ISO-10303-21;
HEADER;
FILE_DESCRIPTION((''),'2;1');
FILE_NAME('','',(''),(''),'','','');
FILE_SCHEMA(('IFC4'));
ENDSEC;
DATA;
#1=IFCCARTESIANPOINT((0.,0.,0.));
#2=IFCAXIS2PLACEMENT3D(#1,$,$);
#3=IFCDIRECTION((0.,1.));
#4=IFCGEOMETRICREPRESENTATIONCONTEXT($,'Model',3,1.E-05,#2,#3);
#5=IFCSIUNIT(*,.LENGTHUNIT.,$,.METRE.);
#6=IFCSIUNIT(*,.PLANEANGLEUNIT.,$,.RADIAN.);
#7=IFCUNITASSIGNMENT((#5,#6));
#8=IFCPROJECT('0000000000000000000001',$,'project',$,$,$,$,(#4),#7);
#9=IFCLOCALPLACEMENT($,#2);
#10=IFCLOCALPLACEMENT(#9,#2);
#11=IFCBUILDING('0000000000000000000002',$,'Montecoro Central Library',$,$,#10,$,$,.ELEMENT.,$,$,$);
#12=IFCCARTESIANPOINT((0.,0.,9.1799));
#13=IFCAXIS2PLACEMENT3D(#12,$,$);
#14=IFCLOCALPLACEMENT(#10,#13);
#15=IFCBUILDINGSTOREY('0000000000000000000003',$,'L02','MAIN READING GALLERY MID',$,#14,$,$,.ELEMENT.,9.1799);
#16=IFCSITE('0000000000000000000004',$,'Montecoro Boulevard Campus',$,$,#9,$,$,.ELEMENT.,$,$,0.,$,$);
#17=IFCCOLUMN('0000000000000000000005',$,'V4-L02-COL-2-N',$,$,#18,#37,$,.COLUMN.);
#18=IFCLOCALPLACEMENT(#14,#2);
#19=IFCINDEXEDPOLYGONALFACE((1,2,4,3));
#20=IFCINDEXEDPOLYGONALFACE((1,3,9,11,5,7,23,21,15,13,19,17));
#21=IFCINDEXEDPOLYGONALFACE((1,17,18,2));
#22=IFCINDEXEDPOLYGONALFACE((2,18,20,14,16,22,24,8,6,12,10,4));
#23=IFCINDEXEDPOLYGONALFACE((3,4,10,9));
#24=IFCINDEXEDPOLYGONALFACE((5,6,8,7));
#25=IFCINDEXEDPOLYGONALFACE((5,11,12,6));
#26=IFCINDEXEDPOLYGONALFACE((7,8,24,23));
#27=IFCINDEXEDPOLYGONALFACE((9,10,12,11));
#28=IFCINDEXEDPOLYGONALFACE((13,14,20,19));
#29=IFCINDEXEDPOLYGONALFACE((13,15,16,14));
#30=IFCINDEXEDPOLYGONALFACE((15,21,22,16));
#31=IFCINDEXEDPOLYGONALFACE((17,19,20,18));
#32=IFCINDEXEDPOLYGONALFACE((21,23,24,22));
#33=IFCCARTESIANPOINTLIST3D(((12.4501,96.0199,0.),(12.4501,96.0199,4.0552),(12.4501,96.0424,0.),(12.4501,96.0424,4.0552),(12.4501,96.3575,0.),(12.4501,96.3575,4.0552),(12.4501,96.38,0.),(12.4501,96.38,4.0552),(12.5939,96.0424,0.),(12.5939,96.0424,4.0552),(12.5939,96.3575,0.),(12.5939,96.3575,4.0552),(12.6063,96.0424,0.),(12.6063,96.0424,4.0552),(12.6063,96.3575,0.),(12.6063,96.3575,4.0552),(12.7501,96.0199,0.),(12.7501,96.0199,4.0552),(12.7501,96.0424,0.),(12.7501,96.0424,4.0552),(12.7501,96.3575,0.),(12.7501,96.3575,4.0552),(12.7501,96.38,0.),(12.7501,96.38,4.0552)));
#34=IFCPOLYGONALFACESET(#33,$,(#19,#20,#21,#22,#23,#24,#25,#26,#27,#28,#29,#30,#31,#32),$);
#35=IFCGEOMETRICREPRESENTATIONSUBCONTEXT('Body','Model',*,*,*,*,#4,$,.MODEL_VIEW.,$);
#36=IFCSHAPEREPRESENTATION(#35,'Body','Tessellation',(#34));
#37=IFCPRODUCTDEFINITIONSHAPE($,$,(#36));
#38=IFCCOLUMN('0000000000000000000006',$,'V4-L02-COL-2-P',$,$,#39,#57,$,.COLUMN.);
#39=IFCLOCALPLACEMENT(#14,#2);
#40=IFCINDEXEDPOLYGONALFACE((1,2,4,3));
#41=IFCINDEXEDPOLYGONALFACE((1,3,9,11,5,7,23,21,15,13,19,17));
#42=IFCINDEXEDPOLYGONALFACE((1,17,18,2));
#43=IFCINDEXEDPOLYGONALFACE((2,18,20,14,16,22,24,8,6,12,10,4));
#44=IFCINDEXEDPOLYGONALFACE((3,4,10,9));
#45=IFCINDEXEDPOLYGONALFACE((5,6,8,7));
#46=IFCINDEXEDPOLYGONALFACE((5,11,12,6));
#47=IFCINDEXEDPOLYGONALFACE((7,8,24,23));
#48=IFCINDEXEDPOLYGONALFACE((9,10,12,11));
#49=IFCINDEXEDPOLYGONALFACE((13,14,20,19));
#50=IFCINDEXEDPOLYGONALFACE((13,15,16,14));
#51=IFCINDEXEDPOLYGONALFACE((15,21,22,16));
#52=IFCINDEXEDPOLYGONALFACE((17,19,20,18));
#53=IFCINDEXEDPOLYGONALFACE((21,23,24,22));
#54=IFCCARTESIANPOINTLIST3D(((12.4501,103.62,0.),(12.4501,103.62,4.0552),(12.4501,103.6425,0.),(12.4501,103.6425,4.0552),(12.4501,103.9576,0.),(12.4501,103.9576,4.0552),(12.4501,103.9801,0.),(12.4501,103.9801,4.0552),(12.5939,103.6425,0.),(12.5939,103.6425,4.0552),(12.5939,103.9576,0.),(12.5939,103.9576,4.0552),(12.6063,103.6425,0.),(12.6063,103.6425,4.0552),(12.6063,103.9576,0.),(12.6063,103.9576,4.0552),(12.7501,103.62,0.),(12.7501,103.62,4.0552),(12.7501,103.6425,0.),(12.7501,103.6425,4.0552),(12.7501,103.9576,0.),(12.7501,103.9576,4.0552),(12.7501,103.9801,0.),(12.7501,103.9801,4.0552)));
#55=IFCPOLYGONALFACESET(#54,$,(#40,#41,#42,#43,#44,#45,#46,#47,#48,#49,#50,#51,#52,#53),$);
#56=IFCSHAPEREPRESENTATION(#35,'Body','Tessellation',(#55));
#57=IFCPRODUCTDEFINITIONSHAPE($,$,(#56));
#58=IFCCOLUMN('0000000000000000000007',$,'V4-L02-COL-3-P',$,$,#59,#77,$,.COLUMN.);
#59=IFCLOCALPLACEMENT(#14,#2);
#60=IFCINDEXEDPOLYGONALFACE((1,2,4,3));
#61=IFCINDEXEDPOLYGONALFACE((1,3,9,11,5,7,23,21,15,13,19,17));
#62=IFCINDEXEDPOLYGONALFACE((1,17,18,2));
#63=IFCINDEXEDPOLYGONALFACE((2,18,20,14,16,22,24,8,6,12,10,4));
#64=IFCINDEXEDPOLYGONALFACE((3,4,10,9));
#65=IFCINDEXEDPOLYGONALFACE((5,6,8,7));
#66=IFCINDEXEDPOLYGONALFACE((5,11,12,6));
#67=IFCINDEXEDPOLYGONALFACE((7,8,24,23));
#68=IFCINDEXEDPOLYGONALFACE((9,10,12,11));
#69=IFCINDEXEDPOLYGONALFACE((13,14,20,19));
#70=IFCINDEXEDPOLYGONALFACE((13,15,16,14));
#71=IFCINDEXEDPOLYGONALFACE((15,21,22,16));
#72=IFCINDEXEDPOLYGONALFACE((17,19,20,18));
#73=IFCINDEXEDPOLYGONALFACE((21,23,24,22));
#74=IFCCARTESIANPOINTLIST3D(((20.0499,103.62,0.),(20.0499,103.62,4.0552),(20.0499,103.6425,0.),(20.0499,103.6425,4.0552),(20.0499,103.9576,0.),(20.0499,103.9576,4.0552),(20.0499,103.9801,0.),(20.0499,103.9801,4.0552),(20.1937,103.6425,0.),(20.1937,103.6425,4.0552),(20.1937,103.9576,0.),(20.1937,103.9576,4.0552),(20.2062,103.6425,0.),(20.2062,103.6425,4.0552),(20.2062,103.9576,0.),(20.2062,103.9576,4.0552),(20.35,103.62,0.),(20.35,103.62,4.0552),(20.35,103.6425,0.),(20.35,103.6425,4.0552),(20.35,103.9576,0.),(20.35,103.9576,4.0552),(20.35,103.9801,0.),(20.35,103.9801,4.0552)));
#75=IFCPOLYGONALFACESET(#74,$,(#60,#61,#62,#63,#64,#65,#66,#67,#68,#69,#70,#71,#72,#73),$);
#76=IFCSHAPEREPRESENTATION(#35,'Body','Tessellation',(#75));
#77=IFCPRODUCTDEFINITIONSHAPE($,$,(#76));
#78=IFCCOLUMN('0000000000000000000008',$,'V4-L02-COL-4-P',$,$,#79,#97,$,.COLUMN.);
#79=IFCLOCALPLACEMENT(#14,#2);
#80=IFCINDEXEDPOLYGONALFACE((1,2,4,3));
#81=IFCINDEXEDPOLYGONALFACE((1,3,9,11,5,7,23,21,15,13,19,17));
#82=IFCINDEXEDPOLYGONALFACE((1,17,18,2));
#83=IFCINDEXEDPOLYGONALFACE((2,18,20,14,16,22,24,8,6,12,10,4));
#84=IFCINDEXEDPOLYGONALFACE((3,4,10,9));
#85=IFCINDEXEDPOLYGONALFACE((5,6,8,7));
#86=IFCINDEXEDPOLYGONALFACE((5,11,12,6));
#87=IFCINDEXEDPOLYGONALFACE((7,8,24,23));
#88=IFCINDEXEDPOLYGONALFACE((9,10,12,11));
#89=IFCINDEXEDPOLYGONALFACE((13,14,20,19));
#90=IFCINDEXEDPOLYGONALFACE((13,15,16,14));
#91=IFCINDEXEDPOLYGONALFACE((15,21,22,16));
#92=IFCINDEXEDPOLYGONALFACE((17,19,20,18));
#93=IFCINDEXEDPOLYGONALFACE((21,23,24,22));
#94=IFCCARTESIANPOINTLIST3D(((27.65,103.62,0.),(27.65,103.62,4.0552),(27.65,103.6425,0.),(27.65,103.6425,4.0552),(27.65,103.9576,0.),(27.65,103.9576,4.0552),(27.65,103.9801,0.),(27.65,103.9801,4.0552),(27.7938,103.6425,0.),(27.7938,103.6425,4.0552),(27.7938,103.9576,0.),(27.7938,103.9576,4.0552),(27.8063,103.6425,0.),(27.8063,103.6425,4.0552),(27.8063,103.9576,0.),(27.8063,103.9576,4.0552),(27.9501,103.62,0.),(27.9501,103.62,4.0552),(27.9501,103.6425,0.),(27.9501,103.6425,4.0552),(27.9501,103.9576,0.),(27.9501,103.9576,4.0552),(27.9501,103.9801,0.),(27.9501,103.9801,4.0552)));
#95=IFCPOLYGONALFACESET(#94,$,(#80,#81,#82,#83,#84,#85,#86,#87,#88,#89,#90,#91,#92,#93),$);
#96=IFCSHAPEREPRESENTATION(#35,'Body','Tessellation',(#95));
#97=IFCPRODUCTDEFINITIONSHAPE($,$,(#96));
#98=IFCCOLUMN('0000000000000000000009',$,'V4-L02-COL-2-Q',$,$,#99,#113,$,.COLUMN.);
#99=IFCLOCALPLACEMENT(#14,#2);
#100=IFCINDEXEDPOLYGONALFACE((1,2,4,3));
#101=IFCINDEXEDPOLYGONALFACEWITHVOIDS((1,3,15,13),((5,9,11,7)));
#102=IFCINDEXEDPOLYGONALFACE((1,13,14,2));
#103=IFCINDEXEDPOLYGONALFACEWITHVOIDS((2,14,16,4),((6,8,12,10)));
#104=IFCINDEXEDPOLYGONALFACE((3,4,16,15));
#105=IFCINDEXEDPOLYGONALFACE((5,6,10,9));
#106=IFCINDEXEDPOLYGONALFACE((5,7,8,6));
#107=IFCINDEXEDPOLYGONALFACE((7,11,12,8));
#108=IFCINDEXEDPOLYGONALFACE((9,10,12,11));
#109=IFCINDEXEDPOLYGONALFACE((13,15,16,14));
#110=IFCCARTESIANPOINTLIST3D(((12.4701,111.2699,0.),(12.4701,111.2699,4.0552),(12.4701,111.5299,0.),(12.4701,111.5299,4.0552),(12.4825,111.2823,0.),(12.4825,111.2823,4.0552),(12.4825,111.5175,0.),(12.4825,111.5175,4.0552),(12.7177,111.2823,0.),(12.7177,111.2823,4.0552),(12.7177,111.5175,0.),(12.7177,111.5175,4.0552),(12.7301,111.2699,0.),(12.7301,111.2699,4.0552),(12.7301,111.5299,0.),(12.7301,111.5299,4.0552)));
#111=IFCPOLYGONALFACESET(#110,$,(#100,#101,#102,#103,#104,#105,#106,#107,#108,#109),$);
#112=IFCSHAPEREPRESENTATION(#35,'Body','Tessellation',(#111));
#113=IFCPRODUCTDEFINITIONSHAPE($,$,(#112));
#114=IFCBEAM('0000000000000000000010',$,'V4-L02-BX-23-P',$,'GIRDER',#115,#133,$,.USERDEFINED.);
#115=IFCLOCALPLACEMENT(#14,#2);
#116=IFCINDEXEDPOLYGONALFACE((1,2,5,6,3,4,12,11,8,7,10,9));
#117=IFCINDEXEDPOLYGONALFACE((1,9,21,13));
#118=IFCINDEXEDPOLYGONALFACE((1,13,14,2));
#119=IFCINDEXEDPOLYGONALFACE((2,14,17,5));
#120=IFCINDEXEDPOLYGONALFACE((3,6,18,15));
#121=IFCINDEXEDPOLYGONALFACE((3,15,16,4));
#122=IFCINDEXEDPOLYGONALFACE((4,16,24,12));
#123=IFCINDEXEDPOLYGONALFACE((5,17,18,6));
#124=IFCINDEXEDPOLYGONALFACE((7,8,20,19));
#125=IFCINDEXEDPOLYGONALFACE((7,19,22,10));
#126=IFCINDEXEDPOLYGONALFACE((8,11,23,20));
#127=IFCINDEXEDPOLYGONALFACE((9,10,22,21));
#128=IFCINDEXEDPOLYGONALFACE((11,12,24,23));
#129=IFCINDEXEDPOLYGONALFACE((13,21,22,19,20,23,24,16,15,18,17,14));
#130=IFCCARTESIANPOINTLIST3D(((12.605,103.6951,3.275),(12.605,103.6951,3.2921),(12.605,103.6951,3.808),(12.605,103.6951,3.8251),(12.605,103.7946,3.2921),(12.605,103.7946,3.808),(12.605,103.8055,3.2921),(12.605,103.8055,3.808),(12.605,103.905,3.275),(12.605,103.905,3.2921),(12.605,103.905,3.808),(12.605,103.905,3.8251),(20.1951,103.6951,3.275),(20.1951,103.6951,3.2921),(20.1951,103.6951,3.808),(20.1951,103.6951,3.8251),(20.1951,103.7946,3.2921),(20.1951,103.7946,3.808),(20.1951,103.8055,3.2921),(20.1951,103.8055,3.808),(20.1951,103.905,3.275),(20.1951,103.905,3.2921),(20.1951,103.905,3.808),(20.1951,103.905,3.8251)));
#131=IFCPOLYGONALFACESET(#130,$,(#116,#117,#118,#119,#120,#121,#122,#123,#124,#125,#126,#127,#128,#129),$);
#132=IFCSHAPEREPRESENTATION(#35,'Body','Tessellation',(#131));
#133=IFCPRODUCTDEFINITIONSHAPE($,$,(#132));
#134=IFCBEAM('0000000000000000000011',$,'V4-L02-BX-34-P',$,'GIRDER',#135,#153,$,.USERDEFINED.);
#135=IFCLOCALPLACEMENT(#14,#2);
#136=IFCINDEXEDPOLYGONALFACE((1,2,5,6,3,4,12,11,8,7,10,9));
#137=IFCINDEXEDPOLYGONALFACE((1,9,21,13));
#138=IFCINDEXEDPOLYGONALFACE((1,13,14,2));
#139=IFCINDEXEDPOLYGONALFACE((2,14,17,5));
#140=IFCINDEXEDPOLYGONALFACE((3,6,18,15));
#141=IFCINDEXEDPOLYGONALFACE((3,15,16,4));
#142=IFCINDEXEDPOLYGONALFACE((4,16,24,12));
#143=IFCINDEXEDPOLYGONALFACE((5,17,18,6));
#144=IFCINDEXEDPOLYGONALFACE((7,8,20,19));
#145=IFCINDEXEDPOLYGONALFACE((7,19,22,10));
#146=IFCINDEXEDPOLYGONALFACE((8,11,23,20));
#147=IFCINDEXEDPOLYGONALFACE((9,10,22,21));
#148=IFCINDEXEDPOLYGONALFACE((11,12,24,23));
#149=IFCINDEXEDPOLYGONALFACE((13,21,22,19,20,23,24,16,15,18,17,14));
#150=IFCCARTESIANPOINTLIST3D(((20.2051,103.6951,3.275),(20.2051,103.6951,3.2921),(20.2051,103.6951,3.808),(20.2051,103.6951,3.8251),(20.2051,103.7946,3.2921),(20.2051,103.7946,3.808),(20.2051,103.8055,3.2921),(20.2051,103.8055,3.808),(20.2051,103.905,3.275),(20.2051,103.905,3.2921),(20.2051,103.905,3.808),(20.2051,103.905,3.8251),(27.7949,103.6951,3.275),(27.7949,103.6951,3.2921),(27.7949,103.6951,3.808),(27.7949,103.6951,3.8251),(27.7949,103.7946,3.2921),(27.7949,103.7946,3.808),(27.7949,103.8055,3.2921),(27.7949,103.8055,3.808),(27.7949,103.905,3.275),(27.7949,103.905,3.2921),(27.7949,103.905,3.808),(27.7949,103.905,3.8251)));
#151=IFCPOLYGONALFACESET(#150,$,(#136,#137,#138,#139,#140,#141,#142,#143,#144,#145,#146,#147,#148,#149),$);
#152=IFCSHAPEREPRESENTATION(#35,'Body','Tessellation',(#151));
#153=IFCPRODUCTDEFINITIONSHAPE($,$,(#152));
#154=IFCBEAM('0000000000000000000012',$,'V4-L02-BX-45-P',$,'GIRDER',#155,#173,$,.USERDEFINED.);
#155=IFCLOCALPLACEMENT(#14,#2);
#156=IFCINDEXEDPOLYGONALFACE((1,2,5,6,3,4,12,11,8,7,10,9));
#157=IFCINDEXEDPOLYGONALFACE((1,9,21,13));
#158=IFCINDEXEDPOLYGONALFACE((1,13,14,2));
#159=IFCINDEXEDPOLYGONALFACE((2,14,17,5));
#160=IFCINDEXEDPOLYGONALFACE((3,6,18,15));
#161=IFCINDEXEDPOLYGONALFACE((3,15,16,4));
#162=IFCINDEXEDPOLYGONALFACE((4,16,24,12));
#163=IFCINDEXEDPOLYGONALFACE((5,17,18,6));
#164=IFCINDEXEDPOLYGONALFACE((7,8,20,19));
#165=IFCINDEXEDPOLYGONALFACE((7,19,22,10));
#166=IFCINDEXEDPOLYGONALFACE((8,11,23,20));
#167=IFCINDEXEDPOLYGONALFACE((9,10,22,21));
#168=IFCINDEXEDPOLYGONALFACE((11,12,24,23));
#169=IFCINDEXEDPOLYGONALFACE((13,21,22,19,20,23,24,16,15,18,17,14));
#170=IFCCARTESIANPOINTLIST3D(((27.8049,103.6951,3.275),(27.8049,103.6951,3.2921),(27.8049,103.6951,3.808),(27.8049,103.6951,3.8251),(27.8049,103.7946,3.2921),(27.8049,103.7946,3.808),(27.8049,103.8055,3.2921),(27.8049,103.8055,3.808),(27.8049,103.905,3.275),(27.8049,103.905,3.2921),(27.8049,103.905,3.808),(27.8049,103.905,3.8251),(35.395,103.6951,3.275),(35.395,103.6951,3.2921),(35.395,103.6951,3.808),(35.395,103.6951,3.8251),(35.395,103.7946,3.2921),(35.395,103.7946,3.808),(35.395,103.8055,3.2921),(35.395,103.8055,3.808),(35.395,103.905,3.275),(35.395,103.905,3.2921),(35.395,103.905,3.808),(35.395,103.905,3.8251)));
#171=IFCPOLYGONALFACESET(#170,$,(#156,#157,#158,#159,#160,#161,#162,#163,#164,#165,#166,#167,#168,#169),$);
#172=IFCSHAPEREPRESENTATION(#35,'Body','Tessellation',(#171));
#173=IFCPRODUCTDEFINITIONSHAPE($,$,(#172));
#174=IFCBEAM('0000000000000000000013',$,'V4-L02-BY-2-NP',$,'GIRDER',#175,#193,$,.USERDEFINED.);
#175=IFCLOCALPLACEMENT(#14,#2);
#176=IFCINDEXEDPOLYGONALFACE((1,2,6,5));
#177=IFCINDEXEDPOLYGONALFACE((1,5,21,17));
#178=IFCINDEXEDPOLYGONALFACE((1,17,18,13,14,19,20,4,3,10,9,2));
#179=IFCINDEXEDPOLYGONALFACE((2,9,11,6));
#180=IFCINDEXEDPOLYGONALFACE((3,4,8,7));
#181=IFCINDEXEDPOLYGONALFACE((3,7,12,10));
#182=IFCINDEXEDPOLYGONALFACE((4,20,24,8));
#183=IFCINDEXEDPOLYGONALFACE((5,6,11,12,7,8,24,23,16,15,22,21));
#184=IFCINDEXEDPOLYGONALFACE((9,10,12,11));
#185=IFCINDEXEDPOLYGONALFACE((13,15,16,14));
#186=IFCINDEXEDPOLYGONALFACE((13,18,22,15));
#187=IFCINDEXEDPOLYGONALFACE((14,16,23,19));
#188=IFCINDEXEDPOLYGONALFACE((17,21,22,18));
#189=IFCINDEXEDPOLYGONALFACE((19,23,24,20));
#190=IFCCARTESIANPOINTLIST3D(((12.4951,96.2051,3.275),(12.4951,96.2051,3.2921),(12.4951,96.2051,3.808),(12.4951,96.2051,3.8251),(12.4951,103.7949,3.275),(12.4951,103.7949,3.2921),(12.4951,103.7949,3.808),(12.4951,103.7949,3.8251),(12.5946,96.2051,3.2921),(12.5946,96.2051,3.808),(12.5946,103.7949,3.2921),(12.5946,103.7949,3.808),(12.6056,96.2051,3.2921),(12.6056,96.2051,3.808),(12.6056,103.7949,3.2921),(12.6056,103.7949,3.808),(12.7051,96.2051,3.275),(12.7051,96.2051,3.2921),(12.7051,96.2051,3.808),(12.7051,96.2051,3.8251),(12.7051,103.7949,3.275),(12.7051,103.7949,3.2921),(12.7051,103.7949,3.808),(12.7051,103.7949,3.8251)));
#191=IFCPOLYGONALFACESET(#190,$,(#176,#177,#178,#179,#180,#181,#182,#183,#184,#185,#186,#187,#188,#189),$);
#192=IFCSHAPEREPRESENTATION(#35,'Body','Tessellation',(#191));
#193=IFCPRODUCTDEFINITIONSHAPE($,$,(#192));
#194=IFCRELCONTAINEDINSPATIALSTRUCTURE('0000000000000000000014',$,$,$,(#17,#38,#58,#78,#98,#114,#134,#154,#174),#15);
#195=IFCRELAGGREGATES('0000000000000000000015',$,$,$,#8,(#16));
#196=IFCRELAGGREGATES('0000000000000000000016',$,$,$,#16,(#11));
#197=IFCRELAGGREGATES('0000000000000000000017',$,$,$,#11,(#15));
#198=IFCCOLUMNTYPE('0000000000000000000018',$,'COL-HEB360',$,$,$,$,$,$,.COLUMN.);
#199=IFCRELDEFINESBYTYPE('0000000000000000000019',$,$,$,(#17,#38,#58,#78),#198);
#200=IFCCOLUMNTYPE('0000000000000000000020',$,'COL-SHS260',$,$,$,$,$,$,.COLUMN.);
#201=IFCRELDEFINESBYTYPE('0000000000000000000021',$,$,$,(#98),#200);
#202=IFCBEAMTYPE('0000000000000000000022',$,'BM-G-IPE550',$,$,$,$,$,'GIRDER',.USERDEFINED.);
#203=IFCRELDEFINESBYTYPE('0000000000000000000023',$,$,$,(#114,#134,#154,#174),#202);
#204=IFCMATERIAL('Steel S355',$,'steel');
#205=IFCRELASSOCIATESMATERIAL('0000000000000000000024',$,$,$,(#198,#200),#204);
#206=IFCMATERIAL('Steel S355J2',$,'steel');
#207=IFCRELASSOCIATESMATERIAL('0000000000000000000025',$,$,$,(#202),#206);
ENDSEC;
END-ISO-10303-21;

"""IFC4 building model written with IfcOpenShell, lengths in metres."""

from ifc_helpers import new_model, si_unit, direction, frame, origin, origin_2d, place, context, subcontext, project, spatial, hollow_rectangle, i_section, extrude, material, material_profile, profile_set, type_object, element, save


model = new_model("IFC4")

# Units and contexts
model_context = context("Model", 3, precision=1e-05, world=origin(), true_north=direction((0.0, 1.0)))
body_context = subcontext(model_context, "Body", "Model", "MODEL_VIEW")
ifc_project = project(units=[si_unit("LENGTHUNIT", "METRE"), si_unit("PLANEANGLEUNIT", "RADIAN")], contexts=[model_context])

# Site, building, storey
site_placement = place(None, origin())
site = spatial("IfcSite", under=ifc_project, at=site_placement, Name="Montecoro Boulevard Campus", CompositionType="ELEMENT", RefElevation=0.0)
building_placement = place(site_placement, origin())
building = spatial("IfcBuilding", under=site, at=building_placement, Name="Montecoro Central Library", CompositionType="ELEMENT")
storey_placement = place(building_placement, frame((0.0, 0.0, 9.1799)))
storey = spatial("IfcBuildingStorey", under=building, at=storey_placement, Name="L02", Description="MAIN READING GALLERY MID", CompositionType="ELEMENT", Elevation=9.1799)

# Columns
ifc_material_1 = material(Name="Steel S355", Category="steel")
ifc_material_profile_1 = material_profile(ifc_material_1, i_section(OverallWidth=0.3, OverallDepth=0.3601, WebThickness=0.0125, FlangeThickness=0.0225, at=origin_2d()), Name="HEB 360")
ifc_profile_set_1 = profile_set([ifc_material_profile_1], Name="Steel S355")
column_type_1 = type_object("IfcColumnType", Name="COL-HEB360", PredefinedType="COLUMN", material=ifc_profile_set_1)
for number, where, z_axis, x_axis, name in (
    (1, (12.6001, 96.2, 0.0), (0.0, 0.0, 1.0), (1.0, 0.0, 0.0), "V4-L02-COL-2-N"),
    (2, (12.6001, 103.8, 0.0), (0.0, 0.0, 1.0), (1.0, 0.0, 0.0), "V4-L02-COL-2-P"),
    (3, (20.2, 103.8, 0.0), (0.0, 0.0, 1.0), (1.0, 0.0, 0.0), "V4-L02-COL-3-P"),
    (4, (27.8, 103.8, 0.0), (0.0, 0.0, 1.0), (1.0, 0.0, 0.0), "V4-L02-COL-4-P"),
):
    element("IfcColumn", number, at=place(storey_placement, frame(where, z_axis=z_axis, x_axis=x_axis)), inside=storey, type_object=column_type_1, Name=name, PredefinedType="COLUMN", context=body_context, shape_type="SweptSolid", body=[
        extrude(i_section(OverallWidth=0.3, OverallDepth=0.3601, WebThickness=0.0125, FlangeThickness=0.0225, at=origin_2d()), origin(), (0.0, 0.0, 1.0), 4.0552),
    ])
ifc_material_profile_2 = material_profile(ifc_material_1, hollow_rectangle(XDim=0.26, YDim=0.26, WallThickness=0.0125, at=origin_2d()), Name="SHS 260x260x12.5")
ifc_profile_set_2 = profile_set([ifc_material_profile_2], Name="Steel S355")
column_type_2 = type_object("IfcColumnType", Name="COL-SHS260", PredefinedType="COLUMN", material=ifc_profile_set_2)
column_placement = place(storey_placement, frame((12.6001, 111.3999, 0.0), z_axis=(0.0, 0.0, 1.0), x_axis=(1.0, 0.0, 0.0)))
element("IfcColumn", 5, at=column_placement, inside=storey, type_object=column_type_2, Name="V4-L02-COL-2-Q", PredefinedType="COLUMN", context=body_context, shape_type="SweptSolid", body=[
    extrude(hollow_rectangle(XDim=0.26, YDim=0.26, WallThickness=0.0125, at=origin_2d()), origin(), (0.0, 0.0, 1.0), 4.0552),
])

# Beams
ifc_material_2 = material(Name="Steel S355J2", Category="steel")
ifc_material_profile_3 = material_profile(ifc_material_2, i_section(OverallWidth=0.21, OverallDepth=0.55, WebThickness=0.011, FlangeThickness=0.0171, at=origin_2d()), Name="IPE 550")
ifc_profile_set_3 = profile_set([ifc_material_profile_3], Name="Steel S355J2")
beam_type_1 = type_object("IfcBeamType", Name="BM-G-IPE550", ElementType="GIRDER", PredefinedType="USERDEFINED", material=ifc_profile_set_3)
beam_1_placement = place(storey_placement, frame((12.605, 103.8, 3.55), z_axis=(1.0, 0.0, 0.0), x_axis=(0.0, 1.0, 0.0)))
element("IfcBeam", 6, at=beam_1_placement, inside=storey, type_object=beam_type_1, Name="V4-L02-BX-23-P", ObjectType="GIRDER", PredefinedType="USERDEFINED", context=body_context, shape_type="SweptSolid", body=[
    extrude(i_section(OverallWidth=0.21, OverallDepth=0.55, WebThickness=0.011, FlangeThickness=0.0171, at=origin_2d()), origin(), (0.0, 0.0, 1.0), 7.5901),
])
beam_2_placement = place(storey_placement, frame((20.2051, 103.8, 3.55), z_axis=(1.0, 0.0, 0.0), x_axis=(0.0, 1.0, 0.0)))
element("IfcBeam", 7, at=beam_2_placement, inside=storey, type_object=beam_type_1, Name="V4-L02-BX-34-P", ObjectType="GIRDER", PredefinedType="USERDEFINED", context=body_context, shape_type="SweptSolid", body=[
    extrude(i_section(OverallWidth=0.21, OverallDepth=0.55, WebThickness=0.011, FlangeThickness=0.0171, at=origin_2d()), origin(), (0.0, 0.0, 1.0), 7.5898),
])
beam_3_placement = place(storey_placement, frame((27.8049, 103.8, 3.55), z_axis=(1.0, 0.0, 0.0), x_axis=(0.0, 1.0, 0.0)))
element("IfcBeam", 8, at=beam_3_placement, inside=storey, type_object=beam_type_1, Name="V4-L02-BX-45-P", ObjectType="GIRDER", PredefinedType="USERDEFINED", context=body_context, shape_type="SweptSolid", body=[
    extrude(i_section(OverallWidth=0.21, OverallDepth=0.55, WebThickness=0.011, FlangeThickness=0.0171, at=origin_2d()), origin(), (0.0, 0.0, 1.0), 7.5901),
])
beam_4_placement = place(storey_placement, frame((12.6001, 96.2051, 3.55), z_axis=(0.0, 1.0, 0.0), x_axis=(-1.0, 0.0, 0.0)))
element("IfcBeam", 9, at=beam_4_placement, inside=storey, type_object=beam_type_1, Name="V4-L02-BY-2-NP", ObjectType="GIRDER", PredefinedType="USERDEFINED", context=body_context, shape_type="SweptSolid", body=[
    extrude(i_section(OverallWidth=0.21, OverallDepth=0.55, WebThickness=0.011, FlangeThickness=0.0171, at=origin_2d()), origin(), (0.0, 0.0, 1.0), 7.5898),
])

save(model, "model.ifc")
